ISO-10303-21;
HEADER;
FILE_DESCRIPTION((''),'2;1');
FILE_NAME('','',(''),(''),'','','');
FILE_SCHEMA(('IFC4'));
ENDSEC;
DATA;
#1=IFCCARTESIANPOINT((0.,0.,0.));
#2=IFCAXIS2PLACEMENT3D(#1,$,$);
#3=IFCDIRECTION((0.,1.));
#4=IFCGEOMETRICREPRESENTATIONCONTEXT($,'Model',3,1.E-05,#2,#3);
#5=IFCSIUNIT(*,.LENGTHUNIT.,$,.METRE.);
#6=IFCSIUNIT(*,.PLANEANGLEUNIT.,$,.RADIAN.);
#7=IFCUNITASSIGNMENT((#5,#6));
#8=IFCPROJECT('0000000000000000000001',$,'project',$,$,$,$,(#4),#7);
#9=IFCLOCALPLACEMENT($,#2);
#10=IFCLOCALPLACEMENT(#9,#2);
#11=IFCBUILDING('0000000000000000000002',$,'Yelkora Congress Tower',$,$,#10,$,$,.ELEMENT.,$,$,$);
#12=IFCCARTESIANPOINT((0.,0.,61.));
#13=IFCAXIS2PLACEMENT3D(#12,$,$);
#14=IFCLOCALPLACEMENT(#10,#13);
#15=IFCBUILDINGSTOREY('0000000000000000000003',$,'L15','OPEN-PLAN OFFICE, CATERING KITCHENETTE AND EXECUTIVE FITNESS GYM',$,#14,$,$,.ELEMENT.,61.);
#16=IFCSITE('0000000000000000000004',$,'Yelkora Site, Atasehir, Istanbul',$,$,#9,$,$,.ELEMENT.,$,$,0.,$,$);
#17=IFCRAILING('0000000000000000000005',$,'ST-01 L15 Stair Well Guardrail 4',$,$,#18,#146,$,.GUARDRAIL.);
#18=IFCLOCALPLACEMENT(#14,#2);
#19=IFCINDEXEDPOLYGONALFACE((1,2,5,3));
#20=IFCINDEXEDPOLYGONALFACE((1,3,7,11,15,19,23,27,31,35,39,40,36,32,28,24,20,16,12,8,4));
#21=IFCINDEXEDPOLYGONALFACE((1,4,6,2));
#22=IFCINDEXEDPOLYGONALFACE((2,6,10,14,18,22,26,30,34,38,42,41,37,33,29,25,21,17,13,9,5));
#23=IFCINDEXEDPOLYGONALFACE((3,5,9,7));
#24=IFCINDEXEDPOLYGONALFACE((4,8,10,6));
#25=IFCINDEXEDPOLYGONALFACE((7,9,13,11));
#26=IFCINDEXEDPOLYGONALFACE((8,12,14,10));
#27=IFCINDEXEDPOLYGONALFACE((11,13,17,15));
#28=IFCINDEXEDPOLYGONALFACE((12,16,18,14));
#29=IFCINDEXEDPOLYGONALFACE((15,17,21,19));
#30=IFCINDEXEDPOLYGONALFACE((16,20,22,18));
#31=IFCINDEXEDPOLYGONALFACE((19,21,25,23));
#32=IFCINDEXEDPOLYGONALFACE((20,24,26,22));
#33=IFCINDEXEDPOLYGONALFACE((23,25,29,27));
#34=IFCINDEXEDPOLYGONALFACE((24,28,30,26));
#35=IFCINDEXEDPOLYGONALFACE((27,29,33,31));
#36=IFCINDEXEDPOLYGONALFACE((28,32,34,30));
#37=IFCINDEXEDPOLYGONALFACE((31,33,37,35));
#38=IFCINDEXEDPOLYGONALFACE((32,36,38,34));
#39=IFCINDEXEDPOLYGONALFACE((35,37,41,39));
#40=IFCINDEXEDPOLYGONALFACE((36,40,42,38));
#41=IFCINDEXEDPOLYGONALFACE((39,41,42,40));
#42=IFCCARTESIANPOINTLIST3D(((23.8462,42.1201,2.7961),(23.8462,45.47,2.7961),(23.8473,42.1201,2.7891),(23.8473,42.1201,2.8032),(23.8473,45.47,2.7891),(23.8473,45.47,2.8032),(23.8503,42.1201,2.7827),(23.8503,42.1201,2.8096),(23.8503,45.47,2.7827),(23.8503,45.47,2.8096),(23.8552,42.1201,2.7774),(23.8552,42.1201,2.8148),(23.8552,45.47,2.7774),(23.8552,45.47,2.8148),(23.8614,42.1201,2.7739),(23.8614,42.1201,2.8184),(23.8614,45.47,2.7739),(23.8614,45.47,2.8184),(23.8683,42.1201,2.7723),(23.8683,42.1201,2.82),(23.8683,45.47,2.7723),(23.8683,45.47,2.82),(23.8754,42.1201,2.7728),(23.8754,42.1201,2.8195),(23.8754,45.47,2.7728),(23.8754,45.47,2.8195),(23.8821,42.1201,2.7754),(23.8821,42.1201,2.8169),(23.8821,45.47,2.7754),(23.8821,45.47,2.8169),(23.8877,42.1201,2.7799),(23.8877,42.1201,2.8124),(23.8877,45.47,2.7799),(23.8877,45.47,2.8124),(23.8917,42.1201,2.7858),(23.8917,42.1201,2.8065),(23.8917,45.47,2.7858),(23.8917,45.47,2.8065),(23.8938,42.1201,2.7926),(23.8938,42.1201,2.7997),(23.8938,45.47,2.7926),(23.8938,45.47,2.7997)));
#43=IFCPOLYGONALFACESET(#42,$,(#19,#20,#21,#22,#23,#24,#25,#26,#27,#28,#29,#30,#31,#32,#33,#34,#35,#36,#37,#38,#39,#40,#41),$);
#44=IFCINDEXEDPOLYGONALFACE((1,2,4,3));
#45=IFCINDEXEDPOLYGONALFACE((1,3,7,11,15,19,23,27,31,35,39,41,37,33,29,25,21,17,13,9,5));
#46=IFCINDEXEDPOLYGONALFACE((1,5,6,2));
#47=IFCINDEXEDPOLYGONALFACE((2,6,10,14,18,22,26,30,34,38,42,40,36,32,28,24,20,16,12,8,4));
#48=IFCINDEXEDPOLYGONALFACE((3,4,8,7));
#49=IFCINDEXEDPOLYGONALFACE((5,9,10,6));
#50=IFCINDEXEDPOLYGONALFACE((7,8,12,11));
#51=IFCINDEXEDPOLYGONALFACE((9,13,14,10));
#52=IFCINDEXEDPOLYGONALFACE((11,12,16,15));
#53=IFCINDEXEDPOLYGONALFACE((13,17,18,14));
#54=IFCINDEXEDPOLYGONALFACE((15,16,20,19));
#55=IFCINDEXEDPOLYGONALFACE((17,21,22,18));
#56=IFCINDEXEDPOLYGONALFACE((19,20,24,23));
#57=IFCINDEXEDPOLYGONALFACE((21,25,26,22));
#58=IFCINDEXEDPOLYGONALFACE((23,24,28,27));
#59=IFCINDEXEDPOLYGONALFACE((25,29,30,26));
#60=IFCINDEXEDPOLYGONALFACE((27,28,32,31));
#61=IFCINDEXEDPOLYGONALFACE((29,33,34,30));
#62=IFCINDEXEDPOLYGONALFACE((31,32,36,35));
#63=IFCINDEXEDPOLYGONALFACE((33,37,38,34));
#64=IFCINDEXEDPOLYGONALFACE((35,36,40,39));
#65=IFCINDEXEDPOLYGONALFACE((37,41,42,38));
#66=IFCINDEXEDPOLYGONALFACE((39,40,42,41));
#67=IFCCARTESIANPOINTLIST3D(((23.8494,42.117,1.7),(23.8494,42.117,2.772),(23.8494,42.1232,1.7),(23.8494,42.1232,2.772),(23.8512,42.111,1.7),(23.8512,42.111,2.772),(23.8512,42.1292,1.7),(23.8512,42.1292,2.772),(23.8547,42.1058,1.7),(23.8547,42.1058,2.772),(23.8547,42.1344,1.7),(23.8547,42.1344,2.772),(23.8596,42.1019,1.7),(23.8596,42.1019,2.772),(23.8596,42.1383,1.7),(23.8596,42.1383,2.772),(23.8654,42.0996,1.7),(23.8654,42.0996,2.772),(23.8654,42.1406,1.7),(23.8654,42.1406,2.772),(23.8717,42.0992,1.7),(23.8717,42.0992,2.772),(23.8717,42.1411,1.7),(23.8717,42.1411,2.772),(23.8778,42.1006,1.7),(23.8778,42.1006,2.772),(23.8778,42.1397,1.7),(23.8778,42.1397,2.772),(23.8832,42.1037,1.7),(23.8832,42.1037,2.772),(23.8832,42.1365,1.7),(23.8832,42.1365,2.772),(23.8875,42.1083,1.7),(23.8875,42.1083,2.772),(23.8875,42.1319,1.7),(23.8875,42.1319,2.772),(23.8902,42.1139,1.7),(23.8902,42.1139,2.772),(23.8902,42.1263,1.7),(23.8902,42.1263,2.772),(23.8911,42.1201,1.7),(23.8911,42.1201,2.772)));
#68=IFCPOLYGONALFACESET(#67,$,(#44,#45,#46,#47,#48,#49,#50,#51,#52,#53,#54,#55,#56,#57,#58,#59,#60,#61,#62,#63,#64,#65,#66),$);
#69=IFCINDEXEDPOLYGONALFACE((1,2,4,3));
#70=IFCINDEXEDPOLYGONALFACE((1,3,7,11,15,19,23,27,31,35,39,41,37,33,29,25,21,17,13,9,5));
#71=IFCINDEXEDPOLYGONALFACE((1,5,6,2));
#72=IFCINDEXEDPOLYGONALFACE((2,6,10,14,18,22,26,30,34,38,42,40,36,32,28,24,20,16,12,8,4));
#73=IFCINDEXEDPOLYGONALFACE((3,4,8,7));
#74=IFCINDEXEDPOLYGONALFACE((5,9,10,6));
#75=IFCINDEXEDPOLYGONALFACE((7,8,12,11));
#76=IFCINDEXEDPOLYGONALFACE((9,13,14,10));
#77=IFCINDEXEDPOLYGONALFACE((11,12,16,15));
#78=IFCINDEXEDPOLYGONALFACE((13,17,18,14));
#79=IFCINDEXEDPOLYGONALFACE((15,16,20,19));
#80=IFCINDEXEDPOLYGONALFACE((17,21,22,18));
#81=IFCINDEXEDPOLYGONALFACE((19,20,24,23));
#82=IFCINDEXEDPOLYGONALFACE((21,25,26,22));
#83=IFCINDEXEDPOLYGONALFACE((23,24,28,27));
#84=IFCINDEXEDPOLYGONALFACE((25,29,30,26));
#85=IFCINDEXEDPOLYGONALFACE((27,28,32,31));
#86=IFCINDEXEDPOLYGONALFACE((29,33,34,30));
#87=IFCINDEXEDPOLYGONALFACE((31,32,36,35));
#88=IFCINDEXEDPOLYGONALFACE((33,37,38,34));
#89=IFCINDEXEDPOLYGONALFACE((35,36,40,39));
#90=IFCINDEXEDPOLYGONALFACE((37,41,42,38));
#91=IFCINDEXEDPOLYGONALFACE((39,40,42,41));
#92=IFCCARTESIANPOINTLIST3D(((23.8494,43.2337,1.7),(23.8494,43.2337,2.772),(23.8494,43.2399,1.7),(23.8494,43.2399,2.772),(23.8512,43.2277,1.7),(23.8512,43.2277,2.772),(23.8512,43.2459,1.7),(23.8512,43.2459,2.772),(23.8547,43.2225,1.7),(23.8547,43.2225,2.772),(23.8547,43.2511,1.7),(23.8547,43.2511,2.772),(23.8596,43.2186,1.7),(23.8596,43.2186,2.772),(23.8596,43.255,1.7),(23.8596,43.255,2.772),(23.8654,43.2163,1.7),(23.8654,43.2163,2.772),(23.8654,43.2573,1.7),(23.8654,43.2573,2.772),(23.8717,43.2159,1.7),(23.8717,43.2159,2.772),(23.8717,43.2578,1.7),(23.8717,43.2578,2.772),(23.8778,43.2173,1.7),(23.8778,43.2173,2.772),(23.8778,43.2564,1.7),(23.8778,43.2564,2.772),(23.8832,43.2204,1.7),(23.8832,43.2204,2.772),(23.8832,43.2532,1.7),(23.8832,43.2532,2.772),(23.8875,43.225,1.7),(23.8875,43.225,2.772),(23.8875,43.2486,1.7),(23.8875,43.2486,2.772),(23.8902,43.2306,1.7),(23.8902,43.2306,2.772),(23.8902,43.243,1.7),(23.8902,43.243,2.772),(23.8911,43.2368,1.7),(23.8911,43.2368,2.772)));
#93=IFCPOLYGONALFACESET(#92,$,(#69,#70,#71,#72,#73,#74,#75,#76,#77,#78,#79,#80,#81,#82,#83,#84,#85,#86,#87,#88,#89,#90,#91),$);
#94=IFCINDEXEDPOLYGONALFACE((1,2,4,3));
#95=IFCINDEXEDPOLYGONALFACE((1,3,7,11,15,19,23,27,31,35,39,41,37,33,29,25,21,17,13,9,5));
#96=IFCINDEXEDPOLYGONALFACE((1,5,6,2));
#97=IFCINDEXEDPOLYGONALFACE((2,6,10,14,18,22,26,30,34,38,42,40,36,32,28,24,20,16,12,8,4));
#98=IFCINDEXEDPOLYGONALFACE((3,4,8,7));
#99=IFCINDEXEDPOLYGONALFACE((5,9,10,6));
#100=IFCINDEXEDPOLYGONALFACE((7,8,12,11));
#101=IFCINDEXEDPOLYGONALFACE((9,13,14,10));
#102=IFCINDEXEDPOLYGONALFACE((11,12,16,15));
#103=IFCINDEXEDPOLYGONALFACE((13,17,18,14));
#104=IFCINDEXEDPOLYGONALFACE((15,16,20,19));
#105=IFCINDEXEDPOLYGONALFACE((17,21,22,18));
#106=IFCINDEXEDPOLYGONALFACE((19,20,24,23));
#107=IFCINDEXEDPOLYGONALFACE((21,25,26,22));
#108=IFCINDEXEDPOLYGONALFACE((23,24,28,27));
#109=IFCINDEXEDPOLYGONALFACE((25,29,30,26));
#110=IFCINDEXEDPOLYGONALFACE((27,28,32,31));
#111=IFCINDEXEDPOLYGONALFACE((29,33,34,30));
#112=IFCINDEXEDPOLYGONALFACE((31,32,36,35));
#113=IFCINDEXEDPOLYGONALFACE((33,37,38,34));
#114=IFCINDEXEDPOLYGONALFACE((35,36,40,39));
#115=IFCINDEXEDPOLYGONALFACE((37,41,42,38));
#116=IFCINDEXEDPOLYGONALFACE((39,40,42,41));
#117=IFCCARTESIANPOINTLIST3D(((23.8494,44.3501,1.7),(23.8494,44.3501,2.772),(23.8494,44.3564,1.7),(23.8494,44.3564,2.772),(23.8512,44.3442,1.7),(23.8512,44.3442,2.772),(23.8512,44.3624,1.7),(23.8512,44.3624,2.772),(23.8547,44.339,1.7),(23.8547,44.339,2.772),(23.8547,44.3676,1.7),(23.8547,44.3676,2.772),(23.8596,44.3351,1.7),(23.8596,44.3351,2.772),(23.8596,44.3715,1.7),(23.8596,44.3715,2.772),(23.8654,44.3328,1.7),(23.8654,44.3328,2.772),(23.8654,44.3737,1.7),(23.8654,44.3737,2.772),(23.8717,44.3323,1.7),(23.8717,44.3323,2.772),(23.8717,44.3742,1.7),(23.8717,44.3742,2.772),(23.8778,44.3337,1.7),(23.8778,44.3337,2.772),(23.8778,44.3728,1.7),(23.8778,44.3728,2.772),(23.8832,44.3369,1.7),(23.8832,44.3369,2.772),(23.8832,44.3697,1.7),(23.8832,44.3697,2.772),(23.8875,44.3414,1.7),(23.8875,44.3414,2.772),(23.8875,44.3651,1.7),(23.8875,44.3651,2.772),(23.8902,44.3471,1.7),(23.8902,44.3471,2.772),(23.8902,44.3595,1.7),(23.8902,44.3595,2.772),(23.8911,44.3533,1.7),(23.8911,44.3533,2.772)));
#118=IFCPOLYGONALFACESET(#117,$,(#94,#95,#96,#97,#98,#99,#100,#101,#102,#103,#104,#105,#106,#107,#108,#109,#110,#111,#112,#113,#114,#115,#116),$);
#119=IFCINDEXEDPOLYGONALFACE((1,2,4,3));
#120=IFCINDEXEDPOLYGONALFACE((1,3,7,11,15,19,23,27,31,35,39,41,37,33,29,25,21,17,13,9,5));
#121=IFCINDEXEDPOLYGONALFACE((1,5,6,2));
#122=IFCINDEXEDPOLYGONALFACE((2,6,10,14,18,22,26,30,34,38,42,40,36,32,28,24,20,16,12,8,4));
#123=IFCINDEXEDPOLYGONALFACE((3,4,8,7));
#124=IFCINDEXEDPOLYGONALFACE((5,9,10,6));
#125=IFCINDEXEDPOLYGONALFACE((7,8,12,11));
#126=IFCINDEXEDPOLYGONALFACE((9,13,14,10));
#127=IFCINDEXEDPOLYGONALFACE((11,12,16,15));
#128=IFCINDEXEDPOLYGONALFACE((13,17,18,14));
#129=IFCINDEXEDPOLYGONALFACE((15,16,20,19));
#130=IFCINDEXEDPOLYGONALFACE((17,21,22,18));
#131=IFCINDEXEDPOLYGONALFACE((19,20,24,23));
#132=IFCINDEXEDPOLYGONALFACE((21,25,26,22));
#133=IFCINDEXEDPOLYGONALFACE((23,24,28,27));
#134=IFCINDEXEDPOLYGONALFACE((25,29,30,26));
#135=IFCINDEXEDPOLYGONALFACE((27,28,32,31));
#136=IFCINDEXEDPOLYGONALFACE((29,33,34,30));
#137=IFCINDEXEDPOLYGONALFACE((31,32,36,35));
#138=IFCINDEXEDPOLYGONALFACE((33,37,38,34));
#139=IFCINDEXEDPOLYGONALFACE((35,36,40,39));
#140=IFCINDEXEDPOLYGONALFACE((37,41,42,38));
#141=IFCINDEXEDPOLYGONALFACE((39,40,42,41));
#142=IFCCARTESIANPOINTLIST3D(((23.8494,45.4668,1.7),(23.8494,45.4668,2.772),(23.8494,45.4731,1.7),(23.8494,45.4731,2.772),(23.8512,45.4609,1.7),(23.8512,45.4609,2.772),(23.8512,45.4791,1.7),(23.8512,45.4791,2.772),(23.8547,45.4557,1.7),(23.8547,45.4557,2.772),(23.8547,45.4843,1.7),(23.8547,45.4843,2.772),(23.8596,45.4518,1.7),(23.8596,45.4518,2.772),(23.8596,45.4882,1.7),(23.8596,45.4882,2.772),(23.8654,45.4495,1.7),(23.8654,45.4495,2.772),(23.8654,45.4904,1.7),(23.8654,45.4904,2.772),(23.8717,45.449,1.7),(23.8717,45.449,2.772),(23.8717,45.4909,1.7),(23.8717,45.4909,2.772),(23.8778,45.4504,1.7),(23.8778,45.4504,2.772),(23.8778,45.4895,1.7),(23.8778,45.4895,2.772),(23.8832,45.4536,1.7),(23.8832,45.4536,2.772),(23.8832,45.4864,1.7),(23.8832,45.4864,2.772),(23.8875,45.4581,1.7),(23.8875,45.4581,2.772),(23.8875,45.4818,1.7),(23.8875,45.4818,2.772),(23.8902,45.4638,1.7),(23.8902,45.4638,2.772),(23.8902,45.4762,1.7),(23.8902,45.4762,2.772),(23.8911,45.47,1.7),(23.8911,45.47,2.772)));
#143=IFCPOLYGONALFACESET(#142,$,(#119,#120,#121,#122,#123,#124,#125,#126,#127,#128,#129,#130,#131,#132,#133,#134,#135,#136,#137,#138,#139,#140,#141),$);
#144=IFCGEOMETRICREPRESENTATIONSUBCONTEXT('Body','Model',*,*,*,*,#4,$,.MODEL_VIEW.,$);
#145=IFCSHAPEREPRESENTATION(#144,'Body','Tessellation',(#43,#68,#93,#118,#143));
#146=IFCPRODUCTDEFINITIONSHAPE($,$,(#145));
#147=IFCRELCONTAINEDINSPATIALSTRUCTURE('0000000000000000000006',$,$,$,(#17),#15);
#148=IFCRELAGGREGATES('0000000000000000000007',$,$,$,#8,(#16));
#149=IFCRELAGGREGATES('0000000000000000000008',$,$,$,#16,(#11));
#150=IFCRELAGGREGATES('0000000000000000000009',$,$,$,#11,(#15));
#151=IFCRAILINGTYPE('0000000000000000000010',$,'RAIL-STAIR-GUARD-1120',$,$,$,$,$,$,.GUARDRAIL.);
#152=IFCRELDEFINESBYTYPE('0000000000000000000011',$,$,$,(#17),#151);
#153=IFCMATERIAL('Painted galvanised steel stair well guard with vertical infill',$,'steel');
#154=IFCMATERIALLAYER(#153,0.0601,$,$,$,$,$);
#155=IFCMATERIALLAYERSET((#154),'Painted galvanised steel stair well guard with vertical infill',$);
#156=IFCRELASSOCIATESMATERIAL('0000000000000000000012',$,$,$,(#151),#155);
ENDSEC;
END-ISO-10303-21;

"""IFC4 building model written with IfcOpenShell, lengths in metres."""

from ifc_helpers import new_model, si_unit, direction, frame, origin, origin_2d, place, context, subcontext, project, spatial, circle, extrude, material, layer, layer_set, type_object, element, save


model = new_model("IFC4")

# Units and contexts
model_context = context("Model", 3, precision=1e-05, world=origin(), true_north=direction((0.0, 1.0)))
body_context = subcontext(model_context, "Body", "Model", "MODEL_VIEW")
ifc_project = project(units=[si_unit("LENGTHUNIT", "METRE"), si_unit("PLANEANGLEUNIT", "RADIAN")], contexts=[model_context])

# Site, building, storey
site_placement = place(None, origin())
site = spatial("IfcSite", under=ifc_project, at=site_placement, Name="Yelkora Site, Atasehir, Istanbul", CompositionType="ELEMENT", RefElevation=0.0)
building_placement = place(site_placement, origin())
building = spatial("IfcBuilding", under=site, at=building_placement, Name="Yelkora Congress Tower", CompositionType="ELEMENT")
storey_placement = place(building_placement, frame((0.0, 0.0, 61.0)))
storey = spatial("IfcBuildingStorey", under=building, at=storey_placement, Name="L15", Description="OPEN-PLAN OFFICE, CATERING KITCHENETTE AND EXECUTIVE FITNESS GYM", CompositionType="ELEMENT", Elevation=61.0)

# Railing
ifc_material_1 = material(Name="Painted galvanised steel stair well guard with vertical infill", Category="steel")
ifc_layer_1 = layer(ifc_material_1, 0.0601)
ifc_layer_set_1 = layer_set([ifc_layer_1], Name="Painted galvanised steel stair well guard with vertical infill")
railing_type_1 = type_object("IfcRailingType", Name="RAIL-STAIR-GUARD-1120", PredefinedType="GUARDRAIL", material=ifc_layer_set_1)
for number, where, name in (
    (1, (23.8701, 42.1201, 1.7), "ST-01 L15 Stair Well Guardrail 4"),
):
    element("IfcRailing", number, at=place(storey_placement, frame(where)), inside=storey, type_object=railing_type_1, Name=name, PredefinedType="GUARDRAIL", context=body_context, shape_type="SweptSolid", body=[
        extrude(circle(Radius=0.0239, at=origin_2d()), frame((0.0, 0.0, 1.0962), z_axis=(0.0, 1.0, 0.0), x_axis=(-1.0, 0.0, 0.0)), (0.0, 0.0, 1.0), 3.3499),
        extrude(circle(Radius=0.021, at=origin_2d()), origin(), (0.0, 0.0, 1.0), 1.072),
        extrude(circle(Radius=0.021, at=origin_2d()), frame((0.0, 1.1167, 0.0)), (0.0, 0.0, 1.0), 1.072),
        extrude(circle(Radius=0.021, at=origin_2d()), frame((0.0, 2.2332, 0.0)), (0.0, 0.0, 1.0), 1.072),
        extrude(circle(Radius=0.021, at=origin_2d()), frame((0.0, 3.3499, 0.0)), (0.0, 0.0, 1.0), 1.072),
    ])

save(model, "model.ifc")
